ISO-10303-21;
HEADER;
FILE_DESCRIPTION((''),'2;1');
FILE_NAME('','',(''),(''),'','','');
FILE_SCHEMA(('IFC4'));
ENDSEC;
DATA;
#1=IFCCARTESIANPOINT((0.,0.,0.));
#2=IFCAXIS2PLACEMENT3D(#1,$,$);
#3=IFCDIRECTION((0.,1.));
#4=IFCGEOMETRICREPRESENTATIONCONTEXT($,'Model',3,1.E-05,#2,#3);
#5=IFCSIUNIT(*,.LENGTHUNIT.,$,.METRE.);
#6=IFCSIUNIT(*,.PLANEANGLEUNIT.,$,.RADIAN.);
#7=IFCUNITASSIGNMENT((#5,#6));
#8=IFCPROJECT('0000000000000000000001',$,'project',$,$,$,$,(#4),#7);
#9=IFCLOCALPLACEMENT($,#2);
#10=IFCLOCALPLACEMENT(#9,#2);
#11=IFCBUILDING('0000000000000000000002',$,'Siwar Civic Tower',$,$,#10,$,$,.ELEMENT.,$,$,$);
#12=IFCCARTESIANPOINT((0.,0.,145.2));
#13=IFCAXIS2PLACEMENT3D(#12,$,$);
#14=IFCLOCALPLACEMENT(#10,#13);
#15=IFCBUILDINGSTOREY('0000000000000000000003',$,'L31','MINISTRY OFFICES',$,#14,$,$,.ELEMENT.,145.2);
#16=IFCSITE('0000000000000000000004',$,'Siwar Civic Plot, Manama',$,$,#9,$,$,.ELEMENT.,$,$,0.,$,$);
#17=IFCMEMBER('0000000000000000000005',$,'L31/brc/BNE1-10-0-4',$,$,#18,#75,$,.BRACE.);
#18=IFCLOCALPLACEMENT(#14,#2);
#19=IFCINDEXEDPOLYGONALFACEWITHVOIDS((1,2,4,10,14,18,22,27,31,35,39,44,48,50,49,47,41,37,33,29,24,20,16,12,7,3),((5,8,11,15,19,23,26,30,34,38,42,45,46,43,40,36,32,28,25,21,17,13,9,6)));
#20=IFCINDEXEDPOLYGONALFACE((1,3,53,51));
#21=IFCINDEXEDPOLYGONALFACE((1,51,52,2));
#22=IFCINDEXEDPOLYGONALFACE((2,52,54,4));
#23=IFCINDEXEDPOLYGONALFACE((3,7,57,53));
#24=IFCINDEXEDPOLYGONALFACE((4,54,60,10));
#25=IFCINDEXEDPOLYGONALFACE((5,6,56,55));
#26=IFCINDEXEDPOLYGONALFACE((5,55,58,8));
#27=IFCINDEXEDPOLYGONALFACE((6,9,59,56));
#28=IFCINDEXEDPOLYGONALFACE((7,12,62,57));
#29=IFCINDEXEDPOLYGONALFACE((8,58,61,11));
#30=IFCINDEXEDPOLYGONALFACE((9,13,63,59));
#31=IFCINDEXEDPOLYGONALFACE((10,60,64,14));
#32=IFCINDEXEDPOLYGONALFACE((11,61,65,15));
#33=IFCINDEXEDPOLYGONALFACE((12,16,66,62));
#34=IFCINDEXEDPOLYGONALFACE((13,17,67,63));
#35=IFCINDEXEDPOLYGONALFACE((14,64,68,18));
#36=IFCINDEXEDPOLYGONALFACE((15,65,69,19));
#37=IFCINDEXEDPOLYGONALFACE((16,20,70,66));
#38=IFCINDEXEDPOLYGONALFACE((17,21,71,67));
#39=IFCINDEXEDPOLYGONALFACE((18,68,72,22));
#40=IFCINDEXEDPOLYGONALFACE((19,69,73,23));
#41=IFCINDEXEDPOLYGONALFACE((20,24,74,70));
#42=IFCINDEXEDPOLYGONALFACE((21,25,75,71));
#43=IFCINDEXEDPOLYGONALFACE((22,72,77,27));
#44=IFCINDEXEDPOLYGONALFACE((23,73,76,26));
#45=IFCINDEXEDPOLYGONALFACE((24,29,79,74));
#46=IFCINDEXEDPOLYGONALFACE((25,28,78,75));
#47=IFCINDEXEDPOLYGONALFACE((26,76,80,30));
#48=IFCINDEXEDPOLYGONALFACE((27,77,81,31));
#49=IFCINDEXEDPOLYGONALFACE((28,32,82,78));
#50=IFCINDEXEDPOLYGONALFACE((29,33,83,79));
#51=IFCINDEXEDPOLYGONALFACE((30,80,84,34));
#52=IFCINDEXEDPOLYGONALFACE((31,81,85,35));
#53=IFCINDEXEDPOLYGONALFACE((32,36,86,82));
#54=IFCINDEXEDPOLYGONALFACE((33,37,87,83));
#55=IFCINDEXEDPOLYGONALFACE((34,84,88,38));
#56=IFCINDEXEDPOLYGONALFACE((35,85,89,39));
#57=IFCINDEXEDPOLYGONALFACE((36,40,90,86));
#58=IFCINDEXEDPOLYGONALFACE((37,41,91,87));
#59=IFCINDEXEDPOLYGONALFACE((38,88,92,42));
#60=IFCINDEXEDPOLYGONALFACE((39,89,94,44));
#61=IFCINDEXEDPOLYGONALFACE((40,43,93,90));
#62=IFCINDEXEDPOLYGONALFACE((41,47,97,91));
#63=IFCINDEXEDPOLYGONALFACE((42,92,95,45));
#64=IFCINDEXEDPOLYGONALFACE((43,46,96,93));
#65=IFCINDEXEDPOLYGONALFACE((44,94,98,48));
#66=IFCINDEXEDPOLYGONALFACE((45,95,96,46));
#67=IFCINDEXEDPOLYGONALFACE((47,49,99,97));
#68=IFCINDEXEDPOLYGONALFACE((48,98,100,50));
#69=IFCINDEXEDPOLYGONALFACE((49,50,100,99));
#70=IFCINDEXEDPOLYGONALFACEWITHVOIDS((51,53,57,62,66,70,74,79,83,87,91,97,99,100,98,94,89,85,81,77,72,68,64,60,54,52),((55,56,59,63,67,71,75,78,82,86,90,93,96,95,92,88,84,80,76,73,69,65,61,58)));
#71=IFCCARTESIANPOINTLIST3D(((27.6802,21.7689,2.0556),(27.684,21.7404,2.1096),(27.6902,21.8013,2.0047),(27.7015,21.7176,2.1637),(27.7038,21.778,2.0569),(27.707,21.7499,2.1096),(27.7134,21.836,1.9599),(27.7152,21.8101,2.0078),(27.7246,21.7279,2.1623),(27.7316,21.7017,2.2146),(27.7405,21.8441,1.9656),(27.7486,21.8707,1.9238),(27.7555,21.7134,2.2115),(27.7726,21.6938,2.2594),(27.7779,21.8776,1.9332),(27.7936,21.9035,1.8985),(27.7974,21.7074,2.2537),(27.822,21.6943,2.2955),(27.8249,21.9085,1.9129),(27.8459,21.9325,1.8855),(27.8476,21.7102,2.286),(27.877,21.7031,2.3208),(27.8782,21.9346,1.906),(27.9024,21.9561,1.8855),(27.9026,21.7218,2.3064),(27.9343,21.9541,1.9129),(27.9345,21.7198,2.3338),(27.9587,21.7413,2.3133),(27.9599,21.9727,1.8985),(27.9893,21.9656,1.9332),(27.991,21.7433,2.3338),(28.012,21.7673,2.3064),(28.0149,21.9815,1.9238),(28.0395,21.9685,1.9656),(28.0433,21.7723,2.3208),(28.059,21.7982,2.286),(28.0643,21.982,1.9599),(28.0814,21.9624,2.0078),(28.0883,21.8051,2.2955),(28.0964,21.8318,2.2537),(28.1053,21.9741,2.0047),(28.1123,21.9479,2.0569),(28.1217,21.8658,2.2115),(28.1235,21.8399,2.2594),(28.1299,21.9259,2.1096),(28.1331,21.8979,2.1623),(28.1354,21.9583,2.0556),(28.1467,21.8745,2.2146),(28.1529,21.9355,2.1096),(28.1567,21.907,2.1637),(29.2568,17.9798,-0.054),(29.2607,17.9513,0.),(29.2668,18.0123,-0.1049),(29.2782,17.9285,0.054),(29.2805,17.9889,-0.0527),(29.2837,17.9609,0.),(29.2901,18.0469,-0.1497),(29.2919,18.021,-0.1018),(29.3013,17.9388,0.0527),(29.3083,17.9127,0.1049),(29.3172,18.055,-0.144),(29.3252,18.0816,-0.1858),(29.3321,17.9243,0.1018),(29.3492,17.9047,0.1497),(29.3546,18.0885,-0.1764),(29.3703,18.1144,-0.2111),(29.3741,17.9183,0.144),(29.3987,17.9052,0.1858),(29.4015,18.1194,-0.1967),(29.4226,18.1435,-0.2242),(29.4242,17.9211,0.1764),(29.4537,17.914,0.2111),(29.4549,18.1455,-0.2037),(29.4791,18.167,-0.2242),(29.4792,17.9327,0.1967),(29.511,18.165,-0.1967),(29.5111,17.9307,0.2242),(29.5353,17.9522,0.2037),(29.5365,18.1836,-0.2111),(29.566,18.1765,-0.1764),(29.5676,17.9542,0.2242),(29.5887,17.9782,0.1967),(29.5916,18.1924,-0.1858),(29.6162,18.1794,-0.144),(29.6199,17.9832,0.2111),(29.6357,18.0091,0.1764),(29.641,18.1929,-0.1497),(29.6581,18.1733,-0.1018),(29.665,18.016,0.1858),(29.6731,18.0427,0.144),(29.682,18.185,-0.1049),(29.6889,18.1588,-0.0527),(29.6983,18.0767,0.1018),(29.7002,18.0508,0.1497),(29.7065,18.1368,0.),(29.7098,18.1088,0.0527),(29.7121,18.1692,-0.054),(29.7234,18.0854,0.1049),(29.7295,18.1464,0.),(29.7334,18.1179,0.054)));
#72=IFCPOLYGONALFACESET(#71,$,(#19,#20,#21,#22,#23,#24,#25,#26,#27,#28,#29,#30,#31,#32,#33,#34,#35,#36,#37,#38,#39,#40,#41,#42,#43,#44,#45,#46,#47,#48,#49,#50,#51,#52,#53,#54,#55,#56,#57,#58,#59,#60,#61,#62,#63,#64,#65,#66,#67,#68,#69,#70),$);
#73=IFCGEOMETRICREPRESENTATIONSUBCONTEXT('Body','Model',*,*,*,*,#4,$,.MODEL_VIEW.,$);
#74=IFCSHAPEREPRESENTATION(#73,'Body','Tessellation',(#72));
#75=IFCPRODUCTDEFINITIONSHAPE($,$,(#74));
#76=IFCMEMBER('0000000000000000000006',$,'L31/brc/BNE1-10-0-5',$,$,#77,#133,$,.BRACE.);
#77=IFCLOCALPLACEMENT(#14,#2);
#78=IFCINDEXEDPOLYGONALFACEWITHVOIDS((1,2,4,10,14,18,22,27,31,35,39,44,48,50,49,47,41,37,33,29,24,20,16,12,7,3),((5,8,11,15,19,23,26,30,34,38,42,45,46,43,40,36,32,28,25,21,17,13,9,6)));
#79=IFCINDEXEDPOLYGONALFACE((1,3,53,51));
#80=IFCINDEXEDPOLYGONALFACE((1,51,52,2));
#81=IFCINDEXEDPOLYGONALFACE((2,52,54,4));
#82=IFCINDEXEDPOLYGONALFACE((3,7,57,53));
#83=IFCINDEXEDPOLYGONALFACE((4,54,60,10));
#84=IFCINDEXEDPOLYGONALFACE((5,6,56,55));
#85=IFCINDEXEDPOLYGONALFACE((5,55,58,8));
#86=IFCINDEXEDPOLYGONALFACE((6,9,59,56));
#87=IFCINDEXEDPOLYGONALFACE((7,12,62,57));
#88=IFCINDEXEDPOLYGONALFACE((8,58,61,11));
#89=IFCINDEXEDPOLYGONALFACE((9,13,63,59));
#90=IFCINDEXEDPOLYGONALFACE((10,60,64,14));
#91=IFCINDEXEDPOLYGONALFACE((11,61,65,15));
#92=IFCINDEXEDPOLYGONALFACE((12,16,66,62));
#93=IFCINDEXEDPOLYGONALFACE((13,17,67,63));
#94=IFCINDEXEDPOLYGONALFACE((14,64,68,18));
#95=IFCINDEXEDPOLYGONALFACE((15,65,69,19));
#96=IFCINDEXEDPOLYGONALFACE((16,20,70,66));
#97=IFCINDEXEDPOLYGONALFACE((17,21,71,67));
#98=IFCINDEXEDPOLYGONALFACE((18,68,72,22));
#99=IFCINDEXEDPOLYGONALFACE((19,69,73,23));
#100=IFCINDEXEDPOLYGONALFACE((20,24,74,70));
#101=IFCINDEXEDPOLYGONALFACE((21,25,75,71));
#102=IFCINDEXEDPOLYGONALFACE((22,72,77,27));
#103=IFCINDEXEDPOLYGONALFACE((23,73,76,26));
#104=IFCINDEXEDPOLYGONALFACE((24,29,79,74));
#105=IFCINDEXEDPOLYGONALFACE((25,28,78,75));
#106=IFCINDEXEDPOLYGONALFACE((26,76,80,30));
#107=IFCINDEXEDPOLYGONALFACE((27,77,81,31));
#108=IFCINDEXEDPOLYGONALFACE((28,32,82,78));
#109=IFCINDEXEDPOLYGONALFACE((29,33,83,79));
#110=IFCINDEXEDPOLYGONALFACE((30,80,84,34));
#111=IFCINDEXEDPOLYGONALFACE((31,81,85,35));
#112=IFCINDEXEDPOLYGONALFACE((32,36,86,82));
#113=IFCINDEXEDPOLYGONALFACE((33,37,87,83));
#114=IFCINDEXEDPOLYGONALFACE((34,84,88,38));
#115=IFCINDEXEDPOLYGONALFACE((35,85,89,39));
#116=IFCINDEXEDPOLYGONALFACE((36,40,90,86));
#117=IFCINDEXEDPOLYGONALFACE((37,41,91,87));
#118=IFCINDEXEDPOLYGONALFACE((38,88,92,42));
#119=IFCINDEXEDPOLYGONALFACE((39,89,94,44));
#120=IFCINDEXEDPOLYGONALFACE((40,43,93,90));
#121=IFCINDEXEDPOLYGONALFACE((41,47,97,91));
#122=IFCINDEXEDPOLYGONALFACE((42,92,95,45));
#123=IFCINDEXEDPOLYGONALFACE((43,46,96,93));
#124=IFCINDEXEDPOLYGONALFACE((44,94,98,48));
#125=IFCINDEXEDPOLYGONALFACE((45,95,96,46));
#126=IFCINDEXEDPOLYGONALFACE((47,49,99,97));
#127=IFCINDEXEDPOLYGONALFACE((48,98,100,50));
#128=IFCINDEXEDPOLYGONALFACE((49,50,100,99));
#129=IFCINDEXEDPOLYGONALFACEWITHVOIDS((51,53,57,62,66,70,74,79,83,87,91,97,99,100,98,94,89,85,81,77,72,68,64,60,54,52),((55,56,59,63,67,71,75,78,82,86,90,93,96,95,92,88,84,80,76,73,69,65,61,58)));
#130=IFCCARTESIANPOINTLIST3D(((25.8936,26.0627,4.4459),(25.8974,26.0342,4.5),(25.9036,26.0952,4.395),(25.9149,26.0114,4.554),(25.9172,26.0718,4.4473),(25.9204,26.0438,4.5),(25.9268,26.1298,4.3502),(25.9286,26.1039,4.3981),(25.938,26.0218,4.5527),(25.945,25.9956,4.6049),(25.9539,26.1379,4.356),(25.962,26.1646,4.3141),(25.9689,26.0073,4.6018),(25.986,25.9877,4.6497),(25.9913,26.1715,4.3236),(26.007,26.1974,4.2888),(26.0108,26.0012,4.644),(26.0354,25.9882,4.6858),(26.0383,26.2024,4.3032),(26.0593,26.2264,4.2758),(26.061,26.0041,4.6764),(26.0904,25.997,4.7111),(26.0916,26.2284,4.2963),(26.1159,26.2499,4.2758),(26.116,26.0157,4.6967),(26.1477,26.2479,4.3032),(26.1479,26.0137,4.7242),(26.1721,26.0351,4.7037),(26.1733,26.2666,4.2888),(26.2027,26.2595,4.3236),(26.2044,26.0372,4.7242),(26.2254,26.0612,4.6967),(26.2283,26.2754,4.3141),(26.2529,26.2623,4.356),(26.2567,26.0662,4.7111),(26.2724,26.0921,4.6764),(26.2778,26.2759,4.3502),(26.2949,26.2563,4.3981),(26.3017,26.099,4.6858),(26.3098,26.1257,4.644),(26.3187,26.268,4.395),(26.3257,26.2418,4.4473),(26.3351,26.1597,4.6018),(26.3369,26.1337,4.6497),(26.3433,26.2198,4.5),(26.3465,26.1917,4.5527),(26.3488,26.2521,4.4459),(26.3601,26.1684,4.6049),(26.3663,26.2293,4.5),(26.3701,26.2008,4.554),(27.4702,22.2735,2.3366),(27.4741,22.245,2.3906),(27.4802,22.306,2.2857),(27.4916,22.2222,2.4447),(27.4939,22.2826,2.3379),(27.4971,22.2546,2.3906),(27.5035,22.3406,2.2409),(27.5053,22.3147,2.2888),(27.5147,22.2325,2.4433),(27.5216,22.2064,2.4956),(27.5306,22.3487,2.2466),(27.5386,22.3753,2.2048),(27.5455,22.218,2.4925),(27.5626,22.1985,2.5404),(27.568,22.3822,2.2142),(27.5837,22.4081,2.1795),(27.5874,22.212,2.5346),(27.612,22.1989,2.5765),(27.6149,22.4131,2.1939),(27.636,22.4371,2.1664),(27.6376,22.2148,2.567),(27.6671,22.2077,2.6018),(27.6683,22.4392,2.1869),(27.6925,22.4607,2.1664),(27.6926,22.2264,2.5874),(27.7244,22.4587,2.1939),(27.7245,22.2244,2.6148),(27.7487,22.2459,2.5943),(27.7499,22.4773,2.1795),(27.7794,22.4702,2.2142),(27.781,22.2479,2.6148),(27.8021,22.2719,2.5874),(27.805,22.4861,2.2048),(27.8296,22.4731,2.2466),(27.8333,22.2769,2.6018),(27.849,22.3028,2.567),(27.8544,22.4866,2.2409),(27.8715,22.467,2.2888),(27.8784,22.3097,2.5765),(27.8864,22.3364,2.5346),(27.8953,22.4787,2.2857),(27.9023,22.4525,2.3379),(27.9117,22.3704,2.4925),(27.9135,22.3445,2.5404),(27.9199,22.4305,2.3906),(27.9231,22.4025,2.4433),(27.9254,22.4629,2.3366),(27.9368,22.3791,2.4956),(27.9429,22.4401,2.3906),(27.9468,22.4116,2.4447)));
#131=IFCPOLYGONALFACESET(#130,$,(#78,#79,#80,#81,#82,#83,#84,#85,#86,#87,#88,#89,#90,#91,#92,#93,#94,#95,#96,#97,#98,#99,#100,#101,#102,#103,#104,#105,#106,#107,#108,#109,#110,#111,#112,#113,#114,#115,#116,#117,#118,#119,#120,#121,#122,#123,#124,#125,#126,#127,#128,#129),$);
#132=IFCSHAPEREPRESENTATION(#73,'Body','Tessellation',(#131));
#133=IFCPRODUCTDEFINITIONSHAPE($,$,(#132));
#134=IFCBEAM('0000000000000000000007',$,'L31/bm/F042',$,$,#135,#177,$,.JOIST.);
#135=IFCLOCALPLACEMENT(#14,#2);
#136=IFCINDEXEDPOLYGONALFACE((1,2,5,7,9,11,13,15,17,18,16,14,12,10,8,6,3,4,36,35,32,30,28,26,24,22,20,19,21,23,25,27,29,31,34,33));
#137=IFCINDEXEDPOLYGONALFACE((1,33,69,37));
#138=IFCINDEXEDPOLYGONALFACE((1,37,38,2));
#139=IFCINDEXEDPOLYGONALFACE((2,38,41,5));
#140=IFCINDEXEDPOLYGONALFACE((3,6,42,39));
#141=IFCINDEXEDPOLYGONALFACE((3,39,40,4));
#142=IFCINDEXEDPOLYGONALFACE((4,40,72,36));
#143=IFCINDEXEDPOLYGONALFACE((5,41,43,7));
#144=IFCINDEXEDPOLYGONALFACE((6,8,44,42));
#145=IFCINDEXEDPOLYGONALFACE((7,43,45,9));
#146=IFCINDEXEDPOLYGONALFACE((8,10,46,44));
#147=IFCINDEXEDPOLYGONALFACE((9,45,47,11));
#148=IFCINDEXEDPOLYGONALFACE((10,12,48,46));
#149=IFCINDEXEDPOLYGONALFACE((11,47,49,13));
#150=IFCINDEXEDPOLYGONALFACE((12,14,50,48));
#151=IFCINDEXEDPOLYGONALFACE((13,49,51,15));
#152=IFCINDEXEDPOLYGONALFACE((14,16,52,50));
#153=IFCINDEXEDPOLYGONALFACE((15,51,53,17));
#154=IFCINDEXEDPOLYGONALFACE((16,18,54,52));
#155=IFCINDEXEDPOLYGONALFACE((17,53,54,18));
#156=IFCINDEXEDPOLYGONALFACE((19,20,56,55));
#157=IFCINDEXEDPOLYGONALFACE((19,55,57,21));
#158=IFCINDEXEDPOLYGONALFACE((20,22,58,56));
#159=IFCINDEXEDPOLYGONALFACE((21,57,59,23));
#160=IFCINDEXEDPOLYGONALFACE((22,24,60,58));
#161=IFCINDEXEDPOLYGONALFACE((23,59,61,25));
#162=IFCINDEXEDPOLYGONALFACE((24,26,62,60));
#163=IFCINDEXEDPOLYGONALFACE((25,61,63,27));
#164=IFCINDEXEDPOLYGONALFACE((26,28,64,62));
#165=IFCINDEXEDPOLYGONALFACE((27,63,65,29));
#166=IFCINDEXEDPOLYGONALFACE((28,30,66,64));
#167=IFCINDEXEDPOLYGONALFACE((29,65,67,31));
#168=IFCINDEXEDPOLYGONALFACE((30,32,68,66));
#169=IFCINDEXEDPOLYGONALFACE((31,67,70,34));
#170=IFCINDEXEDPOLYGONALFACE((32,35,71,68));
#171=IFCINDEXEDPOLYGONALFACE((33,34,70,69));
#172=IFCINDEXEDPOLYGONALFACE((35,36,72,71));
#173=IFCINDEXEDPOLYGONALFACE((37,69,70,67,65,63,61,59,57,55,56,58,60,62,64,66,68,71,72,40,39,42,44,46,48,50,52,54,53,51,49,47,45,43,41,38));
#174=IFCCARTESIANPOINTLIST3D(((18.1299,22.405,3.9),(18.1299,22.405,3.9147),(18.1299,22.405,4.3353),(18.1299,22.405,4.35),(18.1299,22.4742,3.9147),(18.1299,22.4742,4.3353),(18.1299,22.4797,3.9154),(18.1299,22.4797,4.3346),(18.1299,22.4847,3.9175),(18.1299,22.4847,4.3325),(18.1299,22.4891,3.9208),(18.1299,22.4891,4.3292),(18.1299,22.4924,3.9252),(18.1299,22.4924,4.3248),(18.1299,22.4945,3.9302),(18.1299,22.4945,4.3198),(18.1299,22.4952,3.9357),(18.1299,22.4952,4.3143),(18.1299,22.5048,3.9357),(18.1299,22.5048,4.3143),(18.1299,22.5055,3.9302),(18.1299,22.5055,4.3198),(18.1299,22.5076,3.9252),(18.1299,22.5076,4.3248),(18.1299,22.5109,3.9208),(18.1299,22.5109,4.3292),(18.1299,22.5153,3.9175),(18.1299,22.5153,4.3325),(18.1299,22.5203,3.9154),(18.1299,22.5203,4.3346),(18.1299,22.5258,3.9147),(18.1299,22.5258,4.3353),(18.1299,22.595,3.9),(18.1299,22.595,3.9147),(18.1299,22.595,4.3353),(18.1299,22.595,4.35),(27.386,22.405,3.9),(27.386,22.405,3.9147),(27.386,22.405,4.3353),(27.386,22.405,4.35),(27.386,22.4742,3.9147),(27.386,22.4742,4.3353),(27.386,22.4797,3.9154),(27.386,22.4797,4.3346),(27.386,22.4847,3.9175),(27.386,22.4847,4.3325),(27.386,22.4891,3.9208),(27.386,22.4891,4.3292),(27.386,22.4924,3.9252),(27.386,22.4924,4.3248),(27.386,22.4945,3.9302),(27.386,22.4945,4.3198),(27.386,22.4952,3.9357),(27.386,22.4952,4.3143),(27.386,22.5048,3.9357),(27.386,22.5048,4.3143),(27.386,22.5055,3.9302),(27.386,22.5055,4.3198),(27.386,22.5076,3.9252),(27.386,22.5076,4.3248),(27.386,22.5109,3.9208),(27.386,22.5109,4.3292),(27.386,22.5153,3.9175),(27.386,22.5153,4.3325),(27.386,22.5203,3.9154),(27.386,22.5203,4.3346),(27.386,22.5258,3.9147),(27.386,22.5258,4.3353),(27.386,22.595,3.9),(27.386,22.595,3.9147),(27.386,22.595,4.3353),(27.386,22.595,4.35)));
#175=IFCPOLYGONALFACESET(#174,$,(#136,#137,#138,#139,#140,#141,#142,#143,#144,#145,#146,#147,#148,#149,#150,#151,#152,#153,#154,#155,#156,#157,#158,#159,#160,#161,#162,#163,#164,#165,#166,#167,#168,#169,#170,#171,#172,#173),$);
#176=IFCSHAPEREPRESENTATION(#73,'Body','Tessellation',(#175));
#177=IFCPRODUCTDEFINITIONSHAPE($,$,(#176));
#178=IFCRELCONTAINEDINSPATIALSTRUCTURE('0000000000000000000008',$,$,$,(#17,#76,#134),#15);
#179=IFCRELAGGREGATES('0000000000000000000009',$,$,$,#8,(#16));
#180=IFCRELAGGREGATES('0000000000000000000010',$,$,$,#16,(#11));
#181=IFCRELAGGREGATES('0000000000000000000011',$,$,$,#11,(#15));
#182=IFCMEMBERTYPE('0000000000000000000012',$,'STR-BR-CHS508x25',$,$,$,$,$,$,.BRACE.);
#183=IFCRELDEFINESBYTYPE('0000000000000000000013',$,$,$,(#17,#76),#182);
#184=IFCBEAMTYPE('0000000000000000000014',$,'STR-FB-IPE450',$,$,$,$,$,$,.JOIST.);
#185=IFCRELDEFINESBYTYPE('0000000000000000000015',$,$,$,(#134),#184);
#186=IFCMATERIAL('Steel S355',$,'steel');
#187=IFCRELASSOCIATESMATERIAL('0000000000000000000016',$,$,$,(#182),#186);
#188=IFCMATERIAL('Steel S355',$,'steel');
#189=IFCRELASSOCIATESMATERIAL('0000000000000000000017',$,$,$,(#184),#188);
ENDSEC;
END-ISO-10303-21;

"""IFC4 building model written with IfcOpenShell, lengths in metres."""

from ifc_helpers import new_model, si_unit, direction, frame, origin, origin_2d, place, context, subcontext, project, spatial, hollow_circle, i_section, extrude, material, material_profile, profile_set, type_object, element, save


model = new_model("IFC4")

# Units and contexts
model_context = context("Model", 3, precision=1e-05, world=origin(), true_north=direction((0.0, 1.0)))
body_context = subcontext(model_context, "Body", "Model", "MODEL_VIEW")
ifc_project = project(units=[si_unit("LENGTHUNIT", "METRE"), si_unit("PLANEANGLEUNIT", "RADIAN")], contexts=[model_context])

# Site, building, storey
site_placement = place(None, origin())
site = spatial("IfcSite", under=ifc_project, at=site_placement, Name="Siwar Civic Plot, Manama", CompositionType="ELEMENT", RefElevation=0.0)
building_placement = place(site_placement, origin())
building = spatial("IfcBuilding", under=site, at=building_placement, Name="Siwar Civic Tower", CompositionType="ELEMENT")
storey_placement = place(building_placement, frame((0.0, 0.0, 145.2)))
storey = spatial("IfcBuildingStorey", under=building, at=storey_placement, Name="L31", Description="MINISTRY OFFICES", CompositionType="ELEMENT", Elevation=145.2)

# Members
ifc_material_1 = material(Name="Steel S355", Category="steel")
ifc_material_profile_1 = material_profile(ifc_material_1, hollow_circle(Radius=0.2539, WallThickness=0.0249, at=origin_2d()), Name="CHS508x25")
ifc_profile_set_1 = profile_set([ifc_material_profile_1], Name="Steel S355")
member_type_1 = type_object("IfcMemberType", Name="STR-BR-CHS508x25", PredefinedType="BRACE", material=ifc_profile_set_1)
for number, where, z_axis, x_axis, name in (
    (1, (29.4951, 18.0488, 0.0), (-0.341677, 0.821126, 0.457175), (-0.92326, -0.384176, 0.0), "L31/brc/BNE1-10-0-4"),
    (2, (27.7085, 22.3425, 2.3906), (-0.341671, 0.821163, 0.457113), (-0.923269, -0.384155, 0.0), "L31/brc/BNE1-10-0-5"),
):
    element("IfcMember", number, at=place(storey_placement, frame(where, z_axis=z_axis, x_axis=x_axis)), inside=storey, type_object=member_type_1, Name=name, PredefinedType="BRACE", context=body_context, shape_type="SweptSolid", body=[
        extrude(hollow_circle(Radius=0.2539, WallThickness=0.0249, at=origin_2d()), origin(), (0.0, 0.0, 1.0), 4.6145),
    ])

# Beam
ifc_material_2 = material(Name="Steel S355", Category="steel")
ifc_material_profile_2 = material_profile(ifc_material_2, i_section(OverallWidth=0.1899, OverallDepth=0.45, WebThickness=0.0095, FlangeThickness=0.0146, FilletRadius=0.021, at=origin_2d()), Name="IPE450")
ifc_profile_set_2 = profile_set([ifc_material_profile_2], Name="Steel S355")
beam_type_1 = type_object("IfcBeamType", Name="STR-FB-IPE450", PredefinedType="JOIST", material=ifc_profile_set_2)
beam_1_placement = place(storey_placement, frame((18.1299, 22.5, 4.125), z_axis=(1.0, 0.0, 0.0), x_axis=(0.0, 1.0, 0.0)))
element("IfcBeam", 3, at=beam_1_placement, inside=storey, type_object=beam_type_1, Name="L31/bm/F042", PredefinedType="JOIST", context=body_context, shape_type="SweptSolid", body=[
    extrude(i_section(OverallWidth=0.1899, OverallDepth=0.45, WebThickness=0.0095, FlangeThickness=0.0146, FilletRadius=0.021, at=origin_2d()), origin(), (0.0, 0.0, 1.0), 9.2561),
])

save(model, "model.ifc")
